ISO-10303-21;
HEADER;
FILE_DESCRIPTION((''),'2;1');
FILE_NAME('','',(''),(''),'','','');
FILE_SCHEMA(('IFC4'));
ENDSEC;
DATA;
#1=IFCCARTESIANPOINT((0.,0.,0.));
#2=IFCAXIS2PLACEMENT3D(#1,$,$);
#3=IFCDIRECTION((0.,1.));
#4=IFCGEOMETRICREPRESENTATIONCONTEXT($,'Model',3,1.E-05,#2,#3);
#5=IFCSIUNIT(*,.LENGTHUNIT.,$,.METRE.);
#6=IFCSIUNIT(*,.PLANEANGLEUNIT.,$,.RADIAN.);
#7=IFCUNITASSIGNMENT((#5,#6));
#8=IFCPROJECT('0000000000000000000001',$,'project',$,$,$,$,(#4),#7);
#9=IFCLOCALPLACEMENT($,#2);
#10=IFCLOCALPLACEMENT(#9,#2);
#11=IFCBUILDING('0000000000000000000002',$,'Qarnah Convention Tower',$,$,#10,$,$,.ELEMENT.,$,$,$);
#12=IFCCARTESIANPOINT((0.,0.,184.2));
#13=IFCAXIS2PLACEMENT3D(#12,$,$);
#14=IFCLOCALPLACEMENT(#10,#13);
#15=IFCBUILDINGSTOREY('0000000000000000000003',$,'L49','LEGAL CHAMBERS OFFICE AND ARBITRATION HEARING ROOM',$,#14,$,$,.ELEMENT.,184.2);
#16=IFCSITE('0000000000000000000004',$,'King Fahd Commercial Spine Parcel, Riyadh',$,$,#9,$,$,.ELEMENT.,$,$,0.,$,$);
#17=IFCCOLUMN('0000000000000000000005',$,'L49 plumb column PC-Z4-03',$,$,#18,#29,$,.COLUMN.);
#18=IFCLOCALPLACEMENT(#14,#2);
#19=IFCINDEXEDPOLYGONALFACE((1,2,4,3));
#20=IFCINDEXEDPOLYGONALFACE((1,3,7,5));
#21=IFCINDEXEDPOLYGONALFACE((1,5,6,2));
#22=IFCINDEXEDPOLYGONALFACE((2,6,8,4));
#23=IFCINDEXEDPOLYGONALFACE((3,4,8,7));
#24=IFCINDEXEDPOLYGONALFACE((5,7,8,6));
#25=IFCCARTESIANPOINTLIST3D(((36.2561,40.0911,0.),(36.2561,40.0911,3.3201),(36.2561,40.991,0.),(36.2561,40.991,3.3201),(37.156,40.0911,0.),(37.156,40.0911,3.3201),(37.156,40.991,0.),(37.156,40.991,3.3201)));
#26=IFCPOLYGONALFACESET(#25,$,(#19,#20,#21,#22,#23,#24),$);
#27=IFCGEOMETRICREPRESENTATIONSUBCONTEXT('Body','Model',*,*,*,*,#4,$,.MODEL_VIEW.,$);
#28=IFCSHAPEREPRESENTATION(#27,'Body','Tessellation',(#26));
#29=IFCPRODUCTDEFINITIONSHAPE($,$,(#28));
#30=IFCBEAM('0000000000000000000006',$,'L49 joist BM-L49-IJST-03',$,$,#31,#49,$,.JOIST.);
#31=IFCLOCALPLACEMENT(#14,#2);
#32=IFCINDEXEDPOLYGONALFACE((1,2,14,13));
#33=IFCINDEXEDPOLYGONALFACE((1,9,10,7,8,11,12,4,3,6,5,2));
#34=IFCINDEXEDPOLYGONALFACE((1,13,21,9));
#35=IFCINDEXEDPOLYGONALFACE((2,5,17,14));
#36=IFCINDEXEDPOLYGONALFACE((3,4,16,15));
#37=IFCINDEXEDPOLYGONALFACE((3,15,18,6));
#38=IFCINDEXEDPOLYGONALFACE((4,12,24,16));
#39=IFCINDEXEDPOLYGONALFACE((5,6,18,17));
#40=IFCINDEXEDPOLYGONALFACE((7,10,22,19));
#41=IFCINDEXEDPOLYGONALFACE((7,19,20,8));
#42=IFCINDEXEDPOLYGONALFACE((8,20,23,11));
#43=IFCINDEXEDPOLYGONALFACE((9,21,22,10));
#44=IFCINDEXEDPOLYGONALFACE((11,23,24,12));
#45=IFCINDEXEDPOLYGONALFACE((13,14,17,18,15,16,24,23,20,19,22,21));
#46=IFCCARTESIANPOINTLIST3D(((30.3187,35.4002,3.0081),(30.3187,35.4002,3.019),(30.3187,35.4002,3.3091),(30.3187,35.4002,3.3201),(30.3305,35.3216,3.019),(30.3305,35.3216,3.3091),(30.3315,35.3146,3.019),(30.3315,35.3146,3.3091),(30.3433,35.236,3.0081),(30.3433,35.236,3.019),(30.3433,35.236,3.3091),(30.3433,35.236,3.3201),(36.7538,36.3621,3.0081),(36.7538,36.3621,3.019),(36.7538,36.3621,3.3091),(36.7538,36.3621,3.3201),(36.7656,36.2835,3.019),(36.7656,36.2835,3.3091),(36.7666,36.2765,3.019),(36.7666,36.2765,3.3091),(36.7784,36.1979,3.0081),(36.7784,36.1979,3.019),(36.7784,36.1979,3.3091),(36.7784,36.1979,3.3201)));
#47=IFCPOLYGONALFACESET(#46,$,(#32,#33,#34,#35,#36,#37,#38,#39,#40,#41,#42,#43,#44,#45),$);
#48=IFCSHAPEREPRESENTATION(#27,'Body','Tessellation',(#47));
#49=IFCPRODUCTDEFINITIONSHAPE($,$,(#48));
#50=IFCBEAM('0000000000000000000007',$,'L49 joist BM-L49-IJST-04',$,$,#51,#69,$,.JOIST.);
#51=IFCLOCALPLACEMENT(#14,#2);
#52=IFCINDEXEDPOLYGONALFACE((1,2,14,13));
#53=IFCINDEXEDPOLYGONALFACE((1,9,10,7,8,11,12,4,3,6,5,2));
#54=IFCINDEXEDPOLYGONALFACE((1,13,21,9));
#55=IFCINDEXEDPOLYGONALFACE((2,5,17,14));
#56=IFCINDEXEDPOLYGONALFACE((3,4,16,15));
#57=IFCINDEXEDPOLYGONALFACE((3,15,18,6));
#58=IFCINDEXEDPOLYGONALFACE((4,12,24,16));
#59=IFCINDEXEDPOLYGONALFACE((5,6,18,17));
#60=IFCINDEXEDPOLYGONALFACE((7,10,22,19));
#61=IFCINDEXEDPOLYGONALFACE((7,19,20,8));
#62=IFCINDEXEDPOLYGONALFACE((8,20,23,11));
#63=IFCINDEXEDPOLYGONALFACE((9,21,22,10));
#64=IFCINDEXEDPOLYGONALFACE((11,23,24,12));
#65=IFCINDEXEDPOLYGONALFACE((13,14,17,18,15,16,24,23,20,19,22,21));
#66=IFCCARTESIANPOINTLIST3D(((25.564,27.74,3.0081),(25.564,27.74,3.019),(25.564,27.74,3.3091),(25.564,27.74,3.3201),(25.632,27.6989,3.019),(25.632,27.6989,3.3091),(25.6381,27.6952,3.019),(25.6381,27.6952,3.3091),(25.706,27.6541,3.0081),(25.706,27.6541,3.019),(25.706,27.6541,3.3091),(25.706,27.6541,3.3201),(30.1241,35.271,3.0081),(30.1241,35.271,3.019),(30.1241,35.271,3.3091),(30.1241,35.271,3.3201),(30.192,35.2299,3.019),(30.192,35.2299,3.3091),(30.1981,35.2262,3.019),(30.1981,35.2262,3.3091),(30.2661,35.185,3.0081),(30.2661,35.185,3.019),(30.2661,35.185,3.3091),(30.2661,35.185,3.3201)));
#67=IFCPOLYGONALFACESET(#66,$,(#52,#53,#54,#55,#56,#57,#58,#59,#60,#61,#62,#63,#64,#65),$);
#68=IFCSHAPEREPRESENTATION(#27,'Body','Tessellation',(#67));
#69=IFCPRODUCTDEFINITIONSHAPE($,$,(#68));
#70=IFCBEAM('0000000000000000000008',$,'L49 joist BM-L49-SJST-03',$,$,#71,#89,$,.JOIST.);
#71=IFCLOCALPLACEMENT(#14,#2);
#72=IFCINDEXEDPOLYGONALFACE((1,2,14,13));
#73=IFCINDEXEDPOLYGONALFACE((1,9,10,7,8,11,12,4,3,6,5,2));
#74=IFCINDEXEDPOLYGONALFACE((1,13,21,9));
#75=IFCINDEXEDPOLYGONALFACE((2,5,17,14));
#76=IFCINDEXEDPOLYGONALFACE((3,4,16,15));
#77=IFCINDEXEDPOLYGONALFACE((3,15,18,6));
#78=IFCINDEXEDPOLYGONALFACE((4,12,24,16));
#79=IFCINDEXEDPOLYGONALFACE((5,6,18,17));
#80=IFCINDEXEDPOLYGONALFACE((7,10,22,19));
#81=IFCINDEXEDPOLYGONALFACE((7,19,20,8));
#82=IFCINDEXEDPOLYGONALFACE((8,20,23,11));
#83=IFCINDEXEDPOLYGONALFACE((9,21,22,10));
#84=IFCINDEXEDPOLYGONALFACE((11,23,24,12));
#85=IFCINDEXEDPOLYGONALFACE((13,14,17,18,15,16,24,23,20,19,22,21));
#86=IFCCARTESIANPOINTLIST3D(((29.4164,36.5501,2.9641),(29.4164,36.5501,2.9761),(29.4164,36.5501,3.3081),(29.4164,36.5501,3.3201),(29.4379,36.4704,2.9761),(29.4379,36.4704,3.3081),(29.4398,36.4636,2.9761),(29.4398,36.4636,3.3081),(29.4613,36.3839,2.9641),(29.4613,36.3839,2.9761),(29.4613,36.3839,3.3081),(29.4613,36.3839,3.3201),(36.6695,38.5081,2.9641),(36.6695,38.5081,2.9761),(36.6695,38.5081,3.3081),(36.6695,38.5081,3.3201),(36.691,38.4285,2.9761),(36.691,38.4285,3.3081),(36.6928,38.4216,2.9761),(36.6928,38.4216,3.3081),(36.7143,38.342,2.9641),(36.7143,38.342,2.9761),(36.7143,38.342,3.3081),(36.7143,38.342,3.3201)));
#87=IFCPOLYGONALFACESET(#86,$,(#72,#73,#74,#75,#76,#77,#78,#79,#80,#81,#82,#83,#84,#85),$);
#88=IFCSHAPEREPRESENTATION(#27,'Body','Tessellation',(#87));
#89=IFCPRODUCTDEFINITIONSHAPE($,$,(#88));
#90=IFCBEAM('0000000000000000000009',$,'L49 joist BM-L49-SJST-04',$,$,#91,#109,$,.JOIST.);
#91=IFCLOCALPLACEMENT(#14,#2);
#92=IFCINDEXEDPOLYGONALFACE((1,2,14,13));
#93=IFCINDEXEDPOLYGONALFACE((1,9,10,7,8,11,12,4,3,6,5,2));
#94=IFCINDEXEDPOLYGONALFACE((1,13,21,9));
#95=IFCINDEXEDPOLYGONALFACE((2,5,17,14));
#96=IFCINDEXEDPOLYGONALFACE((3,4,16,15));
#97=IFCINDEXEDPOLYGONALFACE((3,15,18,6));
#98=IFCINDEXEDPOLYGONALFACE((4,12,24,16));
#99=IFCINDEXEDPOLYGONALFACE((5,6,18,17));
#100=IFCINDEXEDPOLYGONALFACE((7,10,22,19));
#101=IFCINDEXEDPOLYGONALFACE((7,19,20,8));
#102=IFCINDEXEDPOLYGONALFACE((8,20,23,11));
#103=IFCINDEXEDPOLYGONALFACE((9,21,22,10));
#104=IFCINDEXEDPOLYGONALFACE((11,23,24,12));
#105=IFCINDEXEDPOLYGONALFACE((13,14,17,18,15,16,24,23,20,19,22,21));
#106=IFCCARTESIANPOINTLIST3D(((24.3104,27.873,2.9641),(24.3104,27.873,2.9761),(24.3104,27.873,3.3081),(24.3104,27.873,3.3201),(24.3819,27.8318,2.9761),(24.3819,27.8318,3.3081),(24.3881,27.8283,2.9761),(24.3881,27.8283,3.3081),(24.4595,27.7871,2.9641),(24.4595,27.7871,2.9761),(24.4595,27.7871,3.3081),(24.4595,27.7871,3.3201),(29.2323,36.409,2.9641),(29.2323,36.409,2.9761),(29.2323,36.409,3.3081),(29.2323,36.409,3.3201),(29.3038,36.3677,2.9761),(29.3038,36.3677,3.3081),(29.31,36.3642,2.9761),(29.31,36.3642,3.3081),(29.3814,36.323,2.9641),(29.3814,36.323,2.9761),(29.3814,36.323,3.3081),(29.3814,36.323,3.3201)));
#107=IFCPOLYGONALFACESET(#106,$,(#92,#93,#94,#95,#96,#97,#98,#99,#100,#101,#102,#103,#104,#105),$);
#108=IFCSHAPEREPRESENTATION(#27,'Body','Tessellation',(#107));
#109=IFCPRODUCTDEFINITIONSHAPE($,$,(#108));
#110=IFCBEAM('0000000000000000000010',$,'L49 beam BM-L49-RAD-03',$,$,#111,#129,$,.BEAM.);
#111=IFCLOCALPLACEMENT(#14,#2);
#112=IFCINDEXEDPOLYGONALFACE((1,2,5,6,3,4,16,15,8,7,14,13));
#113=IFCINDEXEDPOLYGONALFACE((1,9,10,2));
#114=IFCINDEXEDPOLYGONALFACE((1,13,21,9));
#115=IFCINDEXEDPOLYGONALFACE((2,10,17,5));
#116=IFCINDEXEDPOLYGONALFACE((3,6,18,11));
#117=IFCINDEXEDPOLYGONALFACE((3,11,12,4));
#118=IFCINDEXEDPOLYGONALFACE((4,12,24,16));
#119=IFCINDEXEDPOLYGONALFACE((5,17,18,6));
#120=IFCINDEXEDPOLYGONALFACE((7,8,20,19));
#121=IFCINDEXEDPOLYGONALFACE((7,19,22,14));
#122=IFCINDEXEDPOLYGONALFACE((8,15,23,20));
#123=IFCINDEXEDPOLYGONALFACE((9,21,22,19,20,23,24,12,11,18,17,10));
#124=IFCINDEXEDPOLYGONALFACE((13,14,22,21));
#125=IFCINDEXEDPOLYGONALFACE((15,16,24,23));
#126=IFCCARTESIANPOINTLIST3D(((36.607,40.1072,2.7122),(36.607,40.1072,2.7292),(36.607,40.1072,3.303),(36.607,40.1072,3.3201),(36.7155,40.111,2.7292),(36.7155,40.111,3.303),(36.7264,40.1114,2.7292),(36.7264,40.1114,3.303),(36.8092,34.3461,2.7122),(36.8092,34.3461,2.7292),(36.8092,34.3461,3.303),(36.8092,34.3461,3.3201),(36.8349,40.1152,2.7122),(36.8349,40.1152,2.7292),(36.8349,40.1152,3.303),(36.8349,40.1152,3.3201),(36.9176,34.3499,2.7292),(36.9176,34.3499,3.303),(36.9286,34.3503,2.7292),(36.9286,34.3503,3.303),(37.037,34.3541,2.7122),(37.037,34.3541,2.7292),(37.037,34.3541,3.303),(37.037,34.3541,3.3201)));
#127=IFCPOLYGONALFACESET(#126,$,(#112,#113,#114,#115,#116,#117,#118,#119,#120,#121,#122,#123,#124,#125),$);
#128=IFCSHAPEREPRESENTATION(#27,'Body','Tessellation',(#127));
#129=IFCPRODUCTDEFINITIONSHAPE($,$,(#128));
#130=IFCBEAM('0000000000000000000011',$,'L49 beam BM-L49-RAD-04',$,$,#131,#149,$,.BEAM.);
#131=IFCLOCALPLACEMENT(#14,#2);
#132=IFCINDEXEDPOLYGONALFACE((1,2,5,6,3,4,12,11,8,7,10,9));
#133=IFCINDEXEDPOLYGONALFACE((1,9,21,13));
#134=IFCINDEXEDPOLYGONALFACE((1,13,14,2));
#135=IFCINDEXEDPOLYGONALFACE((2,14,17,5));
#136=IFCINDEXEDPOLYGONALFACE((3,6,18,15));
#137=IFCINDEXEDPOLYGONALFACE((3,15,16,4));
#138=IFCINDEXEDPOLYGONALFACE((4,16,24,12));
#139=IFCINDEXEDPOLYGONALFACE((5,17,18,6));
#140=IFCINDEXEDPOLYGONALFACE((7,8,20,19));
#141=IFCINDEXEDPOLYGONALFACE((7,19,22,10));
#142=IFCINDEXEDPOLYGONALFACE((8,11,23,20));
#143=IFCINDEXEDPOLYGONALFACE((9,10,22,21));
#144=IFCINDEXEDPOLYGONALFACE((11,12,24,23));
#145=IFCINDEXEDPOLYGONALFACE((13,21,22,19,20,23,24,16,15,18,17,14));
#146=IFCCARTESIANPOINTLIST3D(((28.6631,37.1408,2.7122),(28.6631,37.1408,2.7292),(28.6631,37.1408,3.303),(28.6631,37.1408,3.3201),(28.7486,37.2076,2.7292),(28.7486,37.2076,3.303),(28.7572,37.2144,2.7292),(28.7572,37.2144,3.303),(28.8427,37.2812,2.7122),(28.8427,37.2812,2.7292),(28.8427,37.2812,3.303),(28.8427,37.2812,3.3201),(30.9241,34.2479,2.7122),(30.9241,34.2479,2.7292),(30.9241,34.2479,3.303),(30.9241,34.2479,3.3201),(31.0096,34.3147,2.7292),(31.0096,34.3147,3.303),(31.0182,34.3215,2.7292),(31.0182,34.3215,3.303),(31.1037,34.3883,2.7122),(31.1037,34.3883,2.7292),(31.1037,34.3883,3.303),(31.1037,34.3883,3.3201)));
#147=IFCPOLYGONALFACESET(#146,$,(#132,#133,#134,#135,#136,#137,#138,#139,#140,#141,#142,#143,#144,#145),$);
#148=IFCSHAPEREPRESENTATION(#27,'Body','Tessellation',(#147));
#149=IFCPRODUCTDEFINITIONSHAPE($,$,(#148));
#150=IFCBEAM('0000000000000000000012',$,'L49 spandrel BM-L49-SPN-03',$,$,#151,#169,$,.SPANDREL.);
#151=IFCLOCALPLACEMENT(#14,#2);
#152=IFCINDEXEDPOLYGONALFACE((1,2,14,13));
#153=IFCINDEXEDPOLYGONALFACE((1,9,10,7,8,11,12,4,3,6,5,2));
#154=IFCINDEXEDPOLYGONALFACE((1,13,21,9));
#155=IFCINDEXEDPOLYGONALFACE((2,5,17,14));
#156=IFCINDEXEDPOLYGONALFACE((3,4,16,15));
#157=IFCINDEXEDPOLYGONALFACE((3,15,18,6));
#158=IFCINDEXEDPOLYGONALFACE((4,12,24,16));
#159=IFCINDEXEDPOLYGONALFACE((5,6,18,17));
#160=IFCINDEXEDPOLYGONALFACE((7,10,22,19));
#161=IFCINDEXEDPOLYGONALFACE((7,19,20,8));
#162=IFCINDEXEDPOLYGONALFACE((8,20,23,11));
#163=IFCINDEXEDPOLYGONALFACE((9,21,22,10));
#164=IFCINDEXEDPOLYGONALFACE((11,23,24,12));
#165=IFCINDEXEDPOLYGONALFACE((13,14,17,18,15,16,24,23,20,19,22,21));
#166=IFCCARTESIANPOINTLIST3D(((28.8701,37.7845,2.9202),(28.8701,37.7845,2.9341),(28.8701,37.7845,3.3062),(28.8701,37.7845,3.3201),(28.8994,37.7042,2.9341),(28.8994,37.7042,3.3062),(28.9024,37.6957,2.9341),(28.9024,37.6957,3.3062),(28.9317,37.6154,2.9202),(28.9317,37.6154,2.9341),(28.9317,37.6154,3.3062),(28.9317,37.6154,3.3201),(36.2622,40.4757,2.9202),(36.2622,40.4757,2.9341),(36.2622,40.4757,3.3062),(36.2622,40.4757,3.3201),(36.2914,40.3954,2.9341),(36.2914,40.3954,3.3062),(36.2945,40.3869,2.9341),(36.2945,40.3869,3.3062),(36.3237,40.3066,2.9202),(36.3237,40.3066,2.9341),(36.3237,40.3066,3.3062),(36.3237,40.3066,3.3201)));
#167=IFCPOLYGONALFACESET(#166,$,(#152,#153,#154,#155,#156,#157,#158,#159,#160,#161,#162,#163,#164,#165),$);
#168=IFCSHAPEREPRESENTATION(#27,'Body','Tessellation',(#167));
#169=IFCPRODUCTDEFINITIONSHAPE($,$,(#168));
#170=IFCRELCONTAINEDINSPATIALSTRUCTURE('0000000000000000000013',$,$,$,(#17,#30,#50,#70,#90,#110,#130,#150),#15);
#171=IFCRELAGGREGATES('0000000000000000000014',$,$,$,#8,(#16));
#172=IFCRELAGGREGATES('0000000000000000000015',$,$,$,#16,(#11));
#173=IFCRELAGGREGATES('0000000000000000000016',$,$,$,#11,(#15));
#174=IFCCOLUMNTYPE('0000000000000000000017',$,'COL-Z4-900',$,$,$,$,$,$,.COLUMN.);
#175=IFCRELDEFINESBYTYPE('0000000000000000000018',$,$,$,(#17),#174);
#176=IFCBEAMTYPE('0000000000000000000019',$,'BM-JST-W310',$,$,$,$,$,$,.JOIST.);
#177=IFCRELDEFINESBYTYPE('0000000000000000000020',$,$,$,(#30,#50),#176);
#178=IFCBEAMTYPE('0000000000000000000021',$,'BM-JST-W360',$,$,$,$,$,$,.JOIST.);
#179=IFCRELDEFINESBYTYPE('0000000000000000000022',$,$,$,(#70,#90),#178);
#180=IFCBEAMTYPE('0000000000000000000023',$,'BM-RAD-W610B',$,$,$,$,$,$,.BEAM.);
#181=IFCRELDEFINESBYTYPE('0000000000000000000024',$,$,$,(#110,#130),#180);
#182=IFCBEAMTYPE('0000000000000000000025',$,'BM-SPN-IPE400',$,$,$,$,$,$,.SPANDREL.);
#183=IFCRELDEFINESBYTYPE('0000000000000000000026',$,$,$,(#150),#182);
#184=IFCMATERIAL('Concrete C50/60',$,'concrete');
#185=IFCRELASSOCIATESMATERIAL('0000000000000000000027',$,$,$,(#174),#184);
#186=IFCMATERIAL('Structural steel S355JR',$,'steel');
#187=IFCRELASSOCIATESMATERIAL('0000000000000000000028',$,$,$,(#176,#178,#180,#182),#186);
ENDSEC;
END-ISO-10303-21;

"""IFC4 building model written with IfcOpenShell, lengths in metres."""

from ifc_helpers import new_model, si_unit, direction, frame, origin, origin_2d, place, context, subcontext, project, spatial, rectangle, i_section, extrude, material, material_profile, profile_set, type_object, element, save


model = new_model("IFC4")

# Units and contexts
model_context = context("Model", 3, precision=1e-05, world=origin(), true_north=direction((0.0, 1.0)))
body_context = subcontext(model_context, "Body", "Model", "MODEL_VIEW")
ifc_project = project(units=[si_unit("LENGTHUNIT", "METRE"), si_unit("PLANEANGLEUNIT", "RADIAN")], contexts=[model_context])

# Site, building, storey
site_placement = place(None, origin())
site = spatial("IfcSite", under=ifc_project, at=site_placement, Name="King Fahd Commercial Spine Parcel, Riyadh", CompositionType="ELEMENT", RefElevation=0.0)
building_placement = place(site_placement, origin())
building = spatial("IfcBuilding", under=site, at=building_placement, Name="Qarnah Convention Tower", CompositionType="ELEMENT")
storey_placement = place(building_placement, frame((0.0, 0.0, 184.2)))
storey = spatial("IfcBuildingStorey", under=building, at=storey_placement, Name="L49", Description="LEGAL CHAMBERS OFFICE AND ARBITRATION HEARING ROOM", CompositionType="ELEMENT", Elevation=184.2)

# Column
ifc_material_1 = material(Name="Concrete C50/60", Category="concrete")
ifc_material_profile_1 = material_profile(ifc_material_1, rectangle(XDim=0.8999, YDim=0.8999, at=origin_2d()), Name="RC-COL-900X900")
ifc_profile_set_1 = profile_set([ifc_material_profile_1], Name="Concrete C50/60")
column_type = type_object("IfcColumnType", Name="COL-Z4-900", PredefinedType="COLUMN", material=ifc_profile_set_1)
column_placement = place(storey_placement, frame((36.7061, 40.541, 0.0), z_axis=(0.0, 0.0, 1.0), x_axis=(1.0, 0.0, 0.0)))
element("IfcColumn", 1, at=column_placement, inside=storey, type_object=column_type, Name="L49 plumb column PC-Z4-03", PredefinedType="COLUMN", context=body_context, shape_type="SweptSolid", body=[
    extrude(rectangle(XDim=0.8999, YDim=0.8999, at=origin_2d()), origin(), (0.0, 0.0, 1.0), 3.3201),
])

# Beams
ifc_material_2 = material(Name="Structural steel S355JR", Category="steel")
ifc_material_profile_2 = material_profile(ifc_material_2, i_section(OverallWidth=0.166, OverallDepth=0.312, WebThickness=0.0071, FlangeThickness=0.011, at=origin_2d()), Name="W310X45")
ifc_profile_set_2 = profile_set([ifc_material_profile_2], Name="Structural steel S355JR")
beam_type_1 = type_object("IfcBeamType", Name="BM-JST-W310", PredefinedType="JOIST", material=ifc_profile_set_2)
beam_1_placement = place(storey_placement, frame((36.7661, 36.28, 3.1641), z_axis=(-0.989012, -0.147838, 0.0), x_axis=(0.147838, -0.989012, 0.0)))
element("IfcBeam", 2, at=beam_1_placement, inside=storey, type_object=beam_type_1, Name="L49 joist BM-L49-IJST-03", PredefinedType="JOIST", context=body_context, shape_type="SweptSolid", body=[
    extrude(i_section(OverallWidth=0.166, OverallDepth=0.312, WebThickness=0.0071, FlangeThickness=0.011, at=origin_2d()), origin(), (0.0, 0.0, 1.0), 6.5066),
])
beam_2_placement = place(storey_placement, frame((30.1951, 35.228, 3.1641), z_axis=(-0.517954, -0.855409, 0.0), x_axis=(0.855409, -0.517954, 0.0)))
element("IfcBeam", 3, at=beam_2_placement, inside=storey, type_object=beam_type_1, Name="L49 joist BM-L49-IJST-04", PredefinedType="JOIST", context=body_context, shape_type="SweptSolid", body=[
    extrude(i_section(OverallWidth=0.166, OverallDepth=0.312, WebThickness=0.0071, FlangeThickness=0.011, at=origin_2d()), origin(), (0.0, 0.0, 1.0), 8.804),
])
ifc_material_profile_3 = material_profile(ifc_material_2, i_section(OverallWidth=0.1721, OverallDepth=0.356, WebThickness=0.0071, FlangeThickness=0.012, at=origin_2d()), Name="W360X51")
ifc_profile_set_3 = profile_set([ifc_material_profile_3], Name="Structural steel S355JR")
beam_type_2 = type_object("IfcBeamType", Name="BM-JST-W360", PredefinedType="JOIST", material=ifc_profile_set_3)
beam_3_placement = place(storey_placement, frame((36.6919, 38.425, 3.1421), z_axis=(-0.965439, -0.260631, 0.0), x_axis=(0.260631, -0.965439, 0.0)))
element("IfcBeam", 4, at=beam_3_placement, inside=storey, type_object=beam_type_2, Name="L49 joist BM-L49-SJST-03", PredefinedType="JOIST", context=body_context, shape_type="SweptSolid", body=[
    extrude(i_section(OverallWidth=0.1721, OverallDepth=0.356, WebThickness=0.0071, FlangeThickness=0.012, at=origin_2d()), origin(), (0.0, 0.0, 1.0), 7.5127),
])
beam_4_placement = place(storey_placement, frame((29.3069, 36.366, 3.1421), z_axis=(-0.499519, -0.866303, 0.0), x_axis=(0.866303, -0.499519, 0.0)))
element("IfcBeam", 5, at=beam_4_placement, inside=storey, type_object=beam_type_2, Name="L49 joist BM-L49-SJST-04", PredefinedType="JOIST", context=body_context, shape_type="SweptSolid", body=[
    extrude(i_section(OverallWidth=0.1721, OverallDepth=0.356, WebThickness=0.0071, FlangeThickness=0.012, at=origin_2d()), origin(), (0.0, 0.0, 1.0), 9.8533),
])
ifc_material_profile_4 = material_profile(ifc_material_2, i_section(OverallWidth=0.228, OverallDepth=0.6079, WebThickness=0.011, FlangeThickness=0.0171, at=origin_2d()), Name="W610X113")
ifc_profile_set_4 = profile_set([ifc_material_profile_4], Name="Structural steel S355JR")
beam_type_3 = type_object("IfcBeamType", Name="BM-RAD-W610B", PredefinedType="BEAM", material=ifc_profile_set_4)
beam_5_placement = place(storey_placement, frame((36.9231, 34.3501, 3.0161), z_axis=(-0.035068, 0.999385, 0.0), x_axis=(-0.999385, -0.035068, 0.0)))
element("IfcBeam", 6, at=beam_5_placement, inside=storey, type_object=beam_type_3, Name="L49 beam BM-L49-RAD-03", PredefinedType="BEAM", context=body_context, shape_type="SweptSolid", body=[
    extrude(i_section(OverallWidth=0.228, OverallDepth=0.6079, WebThickness=0.011, FlangeThickness=0.0171, at=origin_2d()), origin(), (0.0, 0.0, 1.0), 5.7646),
])
beam_6_placement = place(storey_placement, frame((31.0139, 34.3181, 3.0161), z_axis=(-0.615808, 0.787896, 0.0), x_axis=(-0.787896, -0.615808, 0.0)))
element("IfcBeam", 7, at=beam_6_placement, inside=storey, type_object=beam_type_3, Name="L49 beam BM-L49-RAD-04", PredefinedType="BEAM", context=body_context, shape_type="SweptSolid", body=[
    extrude(i_section(OverallWidth=0.228, OverallDepth=0.6079, WebThickness=0.011, FlangeThickness=0.0171, at=origin_2d()), origin(), (0.0, 0.0, 1.0), 3.6716),
])
ifc_material_profile_5 = material_profile(ifc_material_2, i_section(OverallWidth=0.1799, OverallDepth=0.3999, WebThickness=0.009, FlangeThickness=0.0139, at=origin_2d()), Name="IPE400")
ifc_profile_set_5 = profile_set([ifc_material_profile_5], Name="Structural steel S355JR")
beam_type_4 = type_object("IfcBeamType", Name="BM-SPN-IPE400", PredefinedType="SPANDREL", material=ifc_profile_set_5)
beam_7_placement = place(storey_placement, frame((36.293, 40.3911, 3.1201), z_axis=(-0.939666, -0.342094, 0.0), x_axis=(0.342094, -0.939666, 0.0)))
element("IfcBeam", 8, at=beam_7_placement, inside=storey, type_object=beam_type_4, Name="L49 spandrel BM-L49-SPN-03", PredefinedType="SPANDREL", context=body_context, shape_type="SweptSolid", body=[
    extrude(i_section(OverallWidth=0.1799, OverallDepth=0.3999, WebThickness=0.009, FlangeThickness=0.0139, at=origin_2d()), origin(), (0.0, 0.0, 1.0), 7.8667),
])

save(model, "model.ifc")
